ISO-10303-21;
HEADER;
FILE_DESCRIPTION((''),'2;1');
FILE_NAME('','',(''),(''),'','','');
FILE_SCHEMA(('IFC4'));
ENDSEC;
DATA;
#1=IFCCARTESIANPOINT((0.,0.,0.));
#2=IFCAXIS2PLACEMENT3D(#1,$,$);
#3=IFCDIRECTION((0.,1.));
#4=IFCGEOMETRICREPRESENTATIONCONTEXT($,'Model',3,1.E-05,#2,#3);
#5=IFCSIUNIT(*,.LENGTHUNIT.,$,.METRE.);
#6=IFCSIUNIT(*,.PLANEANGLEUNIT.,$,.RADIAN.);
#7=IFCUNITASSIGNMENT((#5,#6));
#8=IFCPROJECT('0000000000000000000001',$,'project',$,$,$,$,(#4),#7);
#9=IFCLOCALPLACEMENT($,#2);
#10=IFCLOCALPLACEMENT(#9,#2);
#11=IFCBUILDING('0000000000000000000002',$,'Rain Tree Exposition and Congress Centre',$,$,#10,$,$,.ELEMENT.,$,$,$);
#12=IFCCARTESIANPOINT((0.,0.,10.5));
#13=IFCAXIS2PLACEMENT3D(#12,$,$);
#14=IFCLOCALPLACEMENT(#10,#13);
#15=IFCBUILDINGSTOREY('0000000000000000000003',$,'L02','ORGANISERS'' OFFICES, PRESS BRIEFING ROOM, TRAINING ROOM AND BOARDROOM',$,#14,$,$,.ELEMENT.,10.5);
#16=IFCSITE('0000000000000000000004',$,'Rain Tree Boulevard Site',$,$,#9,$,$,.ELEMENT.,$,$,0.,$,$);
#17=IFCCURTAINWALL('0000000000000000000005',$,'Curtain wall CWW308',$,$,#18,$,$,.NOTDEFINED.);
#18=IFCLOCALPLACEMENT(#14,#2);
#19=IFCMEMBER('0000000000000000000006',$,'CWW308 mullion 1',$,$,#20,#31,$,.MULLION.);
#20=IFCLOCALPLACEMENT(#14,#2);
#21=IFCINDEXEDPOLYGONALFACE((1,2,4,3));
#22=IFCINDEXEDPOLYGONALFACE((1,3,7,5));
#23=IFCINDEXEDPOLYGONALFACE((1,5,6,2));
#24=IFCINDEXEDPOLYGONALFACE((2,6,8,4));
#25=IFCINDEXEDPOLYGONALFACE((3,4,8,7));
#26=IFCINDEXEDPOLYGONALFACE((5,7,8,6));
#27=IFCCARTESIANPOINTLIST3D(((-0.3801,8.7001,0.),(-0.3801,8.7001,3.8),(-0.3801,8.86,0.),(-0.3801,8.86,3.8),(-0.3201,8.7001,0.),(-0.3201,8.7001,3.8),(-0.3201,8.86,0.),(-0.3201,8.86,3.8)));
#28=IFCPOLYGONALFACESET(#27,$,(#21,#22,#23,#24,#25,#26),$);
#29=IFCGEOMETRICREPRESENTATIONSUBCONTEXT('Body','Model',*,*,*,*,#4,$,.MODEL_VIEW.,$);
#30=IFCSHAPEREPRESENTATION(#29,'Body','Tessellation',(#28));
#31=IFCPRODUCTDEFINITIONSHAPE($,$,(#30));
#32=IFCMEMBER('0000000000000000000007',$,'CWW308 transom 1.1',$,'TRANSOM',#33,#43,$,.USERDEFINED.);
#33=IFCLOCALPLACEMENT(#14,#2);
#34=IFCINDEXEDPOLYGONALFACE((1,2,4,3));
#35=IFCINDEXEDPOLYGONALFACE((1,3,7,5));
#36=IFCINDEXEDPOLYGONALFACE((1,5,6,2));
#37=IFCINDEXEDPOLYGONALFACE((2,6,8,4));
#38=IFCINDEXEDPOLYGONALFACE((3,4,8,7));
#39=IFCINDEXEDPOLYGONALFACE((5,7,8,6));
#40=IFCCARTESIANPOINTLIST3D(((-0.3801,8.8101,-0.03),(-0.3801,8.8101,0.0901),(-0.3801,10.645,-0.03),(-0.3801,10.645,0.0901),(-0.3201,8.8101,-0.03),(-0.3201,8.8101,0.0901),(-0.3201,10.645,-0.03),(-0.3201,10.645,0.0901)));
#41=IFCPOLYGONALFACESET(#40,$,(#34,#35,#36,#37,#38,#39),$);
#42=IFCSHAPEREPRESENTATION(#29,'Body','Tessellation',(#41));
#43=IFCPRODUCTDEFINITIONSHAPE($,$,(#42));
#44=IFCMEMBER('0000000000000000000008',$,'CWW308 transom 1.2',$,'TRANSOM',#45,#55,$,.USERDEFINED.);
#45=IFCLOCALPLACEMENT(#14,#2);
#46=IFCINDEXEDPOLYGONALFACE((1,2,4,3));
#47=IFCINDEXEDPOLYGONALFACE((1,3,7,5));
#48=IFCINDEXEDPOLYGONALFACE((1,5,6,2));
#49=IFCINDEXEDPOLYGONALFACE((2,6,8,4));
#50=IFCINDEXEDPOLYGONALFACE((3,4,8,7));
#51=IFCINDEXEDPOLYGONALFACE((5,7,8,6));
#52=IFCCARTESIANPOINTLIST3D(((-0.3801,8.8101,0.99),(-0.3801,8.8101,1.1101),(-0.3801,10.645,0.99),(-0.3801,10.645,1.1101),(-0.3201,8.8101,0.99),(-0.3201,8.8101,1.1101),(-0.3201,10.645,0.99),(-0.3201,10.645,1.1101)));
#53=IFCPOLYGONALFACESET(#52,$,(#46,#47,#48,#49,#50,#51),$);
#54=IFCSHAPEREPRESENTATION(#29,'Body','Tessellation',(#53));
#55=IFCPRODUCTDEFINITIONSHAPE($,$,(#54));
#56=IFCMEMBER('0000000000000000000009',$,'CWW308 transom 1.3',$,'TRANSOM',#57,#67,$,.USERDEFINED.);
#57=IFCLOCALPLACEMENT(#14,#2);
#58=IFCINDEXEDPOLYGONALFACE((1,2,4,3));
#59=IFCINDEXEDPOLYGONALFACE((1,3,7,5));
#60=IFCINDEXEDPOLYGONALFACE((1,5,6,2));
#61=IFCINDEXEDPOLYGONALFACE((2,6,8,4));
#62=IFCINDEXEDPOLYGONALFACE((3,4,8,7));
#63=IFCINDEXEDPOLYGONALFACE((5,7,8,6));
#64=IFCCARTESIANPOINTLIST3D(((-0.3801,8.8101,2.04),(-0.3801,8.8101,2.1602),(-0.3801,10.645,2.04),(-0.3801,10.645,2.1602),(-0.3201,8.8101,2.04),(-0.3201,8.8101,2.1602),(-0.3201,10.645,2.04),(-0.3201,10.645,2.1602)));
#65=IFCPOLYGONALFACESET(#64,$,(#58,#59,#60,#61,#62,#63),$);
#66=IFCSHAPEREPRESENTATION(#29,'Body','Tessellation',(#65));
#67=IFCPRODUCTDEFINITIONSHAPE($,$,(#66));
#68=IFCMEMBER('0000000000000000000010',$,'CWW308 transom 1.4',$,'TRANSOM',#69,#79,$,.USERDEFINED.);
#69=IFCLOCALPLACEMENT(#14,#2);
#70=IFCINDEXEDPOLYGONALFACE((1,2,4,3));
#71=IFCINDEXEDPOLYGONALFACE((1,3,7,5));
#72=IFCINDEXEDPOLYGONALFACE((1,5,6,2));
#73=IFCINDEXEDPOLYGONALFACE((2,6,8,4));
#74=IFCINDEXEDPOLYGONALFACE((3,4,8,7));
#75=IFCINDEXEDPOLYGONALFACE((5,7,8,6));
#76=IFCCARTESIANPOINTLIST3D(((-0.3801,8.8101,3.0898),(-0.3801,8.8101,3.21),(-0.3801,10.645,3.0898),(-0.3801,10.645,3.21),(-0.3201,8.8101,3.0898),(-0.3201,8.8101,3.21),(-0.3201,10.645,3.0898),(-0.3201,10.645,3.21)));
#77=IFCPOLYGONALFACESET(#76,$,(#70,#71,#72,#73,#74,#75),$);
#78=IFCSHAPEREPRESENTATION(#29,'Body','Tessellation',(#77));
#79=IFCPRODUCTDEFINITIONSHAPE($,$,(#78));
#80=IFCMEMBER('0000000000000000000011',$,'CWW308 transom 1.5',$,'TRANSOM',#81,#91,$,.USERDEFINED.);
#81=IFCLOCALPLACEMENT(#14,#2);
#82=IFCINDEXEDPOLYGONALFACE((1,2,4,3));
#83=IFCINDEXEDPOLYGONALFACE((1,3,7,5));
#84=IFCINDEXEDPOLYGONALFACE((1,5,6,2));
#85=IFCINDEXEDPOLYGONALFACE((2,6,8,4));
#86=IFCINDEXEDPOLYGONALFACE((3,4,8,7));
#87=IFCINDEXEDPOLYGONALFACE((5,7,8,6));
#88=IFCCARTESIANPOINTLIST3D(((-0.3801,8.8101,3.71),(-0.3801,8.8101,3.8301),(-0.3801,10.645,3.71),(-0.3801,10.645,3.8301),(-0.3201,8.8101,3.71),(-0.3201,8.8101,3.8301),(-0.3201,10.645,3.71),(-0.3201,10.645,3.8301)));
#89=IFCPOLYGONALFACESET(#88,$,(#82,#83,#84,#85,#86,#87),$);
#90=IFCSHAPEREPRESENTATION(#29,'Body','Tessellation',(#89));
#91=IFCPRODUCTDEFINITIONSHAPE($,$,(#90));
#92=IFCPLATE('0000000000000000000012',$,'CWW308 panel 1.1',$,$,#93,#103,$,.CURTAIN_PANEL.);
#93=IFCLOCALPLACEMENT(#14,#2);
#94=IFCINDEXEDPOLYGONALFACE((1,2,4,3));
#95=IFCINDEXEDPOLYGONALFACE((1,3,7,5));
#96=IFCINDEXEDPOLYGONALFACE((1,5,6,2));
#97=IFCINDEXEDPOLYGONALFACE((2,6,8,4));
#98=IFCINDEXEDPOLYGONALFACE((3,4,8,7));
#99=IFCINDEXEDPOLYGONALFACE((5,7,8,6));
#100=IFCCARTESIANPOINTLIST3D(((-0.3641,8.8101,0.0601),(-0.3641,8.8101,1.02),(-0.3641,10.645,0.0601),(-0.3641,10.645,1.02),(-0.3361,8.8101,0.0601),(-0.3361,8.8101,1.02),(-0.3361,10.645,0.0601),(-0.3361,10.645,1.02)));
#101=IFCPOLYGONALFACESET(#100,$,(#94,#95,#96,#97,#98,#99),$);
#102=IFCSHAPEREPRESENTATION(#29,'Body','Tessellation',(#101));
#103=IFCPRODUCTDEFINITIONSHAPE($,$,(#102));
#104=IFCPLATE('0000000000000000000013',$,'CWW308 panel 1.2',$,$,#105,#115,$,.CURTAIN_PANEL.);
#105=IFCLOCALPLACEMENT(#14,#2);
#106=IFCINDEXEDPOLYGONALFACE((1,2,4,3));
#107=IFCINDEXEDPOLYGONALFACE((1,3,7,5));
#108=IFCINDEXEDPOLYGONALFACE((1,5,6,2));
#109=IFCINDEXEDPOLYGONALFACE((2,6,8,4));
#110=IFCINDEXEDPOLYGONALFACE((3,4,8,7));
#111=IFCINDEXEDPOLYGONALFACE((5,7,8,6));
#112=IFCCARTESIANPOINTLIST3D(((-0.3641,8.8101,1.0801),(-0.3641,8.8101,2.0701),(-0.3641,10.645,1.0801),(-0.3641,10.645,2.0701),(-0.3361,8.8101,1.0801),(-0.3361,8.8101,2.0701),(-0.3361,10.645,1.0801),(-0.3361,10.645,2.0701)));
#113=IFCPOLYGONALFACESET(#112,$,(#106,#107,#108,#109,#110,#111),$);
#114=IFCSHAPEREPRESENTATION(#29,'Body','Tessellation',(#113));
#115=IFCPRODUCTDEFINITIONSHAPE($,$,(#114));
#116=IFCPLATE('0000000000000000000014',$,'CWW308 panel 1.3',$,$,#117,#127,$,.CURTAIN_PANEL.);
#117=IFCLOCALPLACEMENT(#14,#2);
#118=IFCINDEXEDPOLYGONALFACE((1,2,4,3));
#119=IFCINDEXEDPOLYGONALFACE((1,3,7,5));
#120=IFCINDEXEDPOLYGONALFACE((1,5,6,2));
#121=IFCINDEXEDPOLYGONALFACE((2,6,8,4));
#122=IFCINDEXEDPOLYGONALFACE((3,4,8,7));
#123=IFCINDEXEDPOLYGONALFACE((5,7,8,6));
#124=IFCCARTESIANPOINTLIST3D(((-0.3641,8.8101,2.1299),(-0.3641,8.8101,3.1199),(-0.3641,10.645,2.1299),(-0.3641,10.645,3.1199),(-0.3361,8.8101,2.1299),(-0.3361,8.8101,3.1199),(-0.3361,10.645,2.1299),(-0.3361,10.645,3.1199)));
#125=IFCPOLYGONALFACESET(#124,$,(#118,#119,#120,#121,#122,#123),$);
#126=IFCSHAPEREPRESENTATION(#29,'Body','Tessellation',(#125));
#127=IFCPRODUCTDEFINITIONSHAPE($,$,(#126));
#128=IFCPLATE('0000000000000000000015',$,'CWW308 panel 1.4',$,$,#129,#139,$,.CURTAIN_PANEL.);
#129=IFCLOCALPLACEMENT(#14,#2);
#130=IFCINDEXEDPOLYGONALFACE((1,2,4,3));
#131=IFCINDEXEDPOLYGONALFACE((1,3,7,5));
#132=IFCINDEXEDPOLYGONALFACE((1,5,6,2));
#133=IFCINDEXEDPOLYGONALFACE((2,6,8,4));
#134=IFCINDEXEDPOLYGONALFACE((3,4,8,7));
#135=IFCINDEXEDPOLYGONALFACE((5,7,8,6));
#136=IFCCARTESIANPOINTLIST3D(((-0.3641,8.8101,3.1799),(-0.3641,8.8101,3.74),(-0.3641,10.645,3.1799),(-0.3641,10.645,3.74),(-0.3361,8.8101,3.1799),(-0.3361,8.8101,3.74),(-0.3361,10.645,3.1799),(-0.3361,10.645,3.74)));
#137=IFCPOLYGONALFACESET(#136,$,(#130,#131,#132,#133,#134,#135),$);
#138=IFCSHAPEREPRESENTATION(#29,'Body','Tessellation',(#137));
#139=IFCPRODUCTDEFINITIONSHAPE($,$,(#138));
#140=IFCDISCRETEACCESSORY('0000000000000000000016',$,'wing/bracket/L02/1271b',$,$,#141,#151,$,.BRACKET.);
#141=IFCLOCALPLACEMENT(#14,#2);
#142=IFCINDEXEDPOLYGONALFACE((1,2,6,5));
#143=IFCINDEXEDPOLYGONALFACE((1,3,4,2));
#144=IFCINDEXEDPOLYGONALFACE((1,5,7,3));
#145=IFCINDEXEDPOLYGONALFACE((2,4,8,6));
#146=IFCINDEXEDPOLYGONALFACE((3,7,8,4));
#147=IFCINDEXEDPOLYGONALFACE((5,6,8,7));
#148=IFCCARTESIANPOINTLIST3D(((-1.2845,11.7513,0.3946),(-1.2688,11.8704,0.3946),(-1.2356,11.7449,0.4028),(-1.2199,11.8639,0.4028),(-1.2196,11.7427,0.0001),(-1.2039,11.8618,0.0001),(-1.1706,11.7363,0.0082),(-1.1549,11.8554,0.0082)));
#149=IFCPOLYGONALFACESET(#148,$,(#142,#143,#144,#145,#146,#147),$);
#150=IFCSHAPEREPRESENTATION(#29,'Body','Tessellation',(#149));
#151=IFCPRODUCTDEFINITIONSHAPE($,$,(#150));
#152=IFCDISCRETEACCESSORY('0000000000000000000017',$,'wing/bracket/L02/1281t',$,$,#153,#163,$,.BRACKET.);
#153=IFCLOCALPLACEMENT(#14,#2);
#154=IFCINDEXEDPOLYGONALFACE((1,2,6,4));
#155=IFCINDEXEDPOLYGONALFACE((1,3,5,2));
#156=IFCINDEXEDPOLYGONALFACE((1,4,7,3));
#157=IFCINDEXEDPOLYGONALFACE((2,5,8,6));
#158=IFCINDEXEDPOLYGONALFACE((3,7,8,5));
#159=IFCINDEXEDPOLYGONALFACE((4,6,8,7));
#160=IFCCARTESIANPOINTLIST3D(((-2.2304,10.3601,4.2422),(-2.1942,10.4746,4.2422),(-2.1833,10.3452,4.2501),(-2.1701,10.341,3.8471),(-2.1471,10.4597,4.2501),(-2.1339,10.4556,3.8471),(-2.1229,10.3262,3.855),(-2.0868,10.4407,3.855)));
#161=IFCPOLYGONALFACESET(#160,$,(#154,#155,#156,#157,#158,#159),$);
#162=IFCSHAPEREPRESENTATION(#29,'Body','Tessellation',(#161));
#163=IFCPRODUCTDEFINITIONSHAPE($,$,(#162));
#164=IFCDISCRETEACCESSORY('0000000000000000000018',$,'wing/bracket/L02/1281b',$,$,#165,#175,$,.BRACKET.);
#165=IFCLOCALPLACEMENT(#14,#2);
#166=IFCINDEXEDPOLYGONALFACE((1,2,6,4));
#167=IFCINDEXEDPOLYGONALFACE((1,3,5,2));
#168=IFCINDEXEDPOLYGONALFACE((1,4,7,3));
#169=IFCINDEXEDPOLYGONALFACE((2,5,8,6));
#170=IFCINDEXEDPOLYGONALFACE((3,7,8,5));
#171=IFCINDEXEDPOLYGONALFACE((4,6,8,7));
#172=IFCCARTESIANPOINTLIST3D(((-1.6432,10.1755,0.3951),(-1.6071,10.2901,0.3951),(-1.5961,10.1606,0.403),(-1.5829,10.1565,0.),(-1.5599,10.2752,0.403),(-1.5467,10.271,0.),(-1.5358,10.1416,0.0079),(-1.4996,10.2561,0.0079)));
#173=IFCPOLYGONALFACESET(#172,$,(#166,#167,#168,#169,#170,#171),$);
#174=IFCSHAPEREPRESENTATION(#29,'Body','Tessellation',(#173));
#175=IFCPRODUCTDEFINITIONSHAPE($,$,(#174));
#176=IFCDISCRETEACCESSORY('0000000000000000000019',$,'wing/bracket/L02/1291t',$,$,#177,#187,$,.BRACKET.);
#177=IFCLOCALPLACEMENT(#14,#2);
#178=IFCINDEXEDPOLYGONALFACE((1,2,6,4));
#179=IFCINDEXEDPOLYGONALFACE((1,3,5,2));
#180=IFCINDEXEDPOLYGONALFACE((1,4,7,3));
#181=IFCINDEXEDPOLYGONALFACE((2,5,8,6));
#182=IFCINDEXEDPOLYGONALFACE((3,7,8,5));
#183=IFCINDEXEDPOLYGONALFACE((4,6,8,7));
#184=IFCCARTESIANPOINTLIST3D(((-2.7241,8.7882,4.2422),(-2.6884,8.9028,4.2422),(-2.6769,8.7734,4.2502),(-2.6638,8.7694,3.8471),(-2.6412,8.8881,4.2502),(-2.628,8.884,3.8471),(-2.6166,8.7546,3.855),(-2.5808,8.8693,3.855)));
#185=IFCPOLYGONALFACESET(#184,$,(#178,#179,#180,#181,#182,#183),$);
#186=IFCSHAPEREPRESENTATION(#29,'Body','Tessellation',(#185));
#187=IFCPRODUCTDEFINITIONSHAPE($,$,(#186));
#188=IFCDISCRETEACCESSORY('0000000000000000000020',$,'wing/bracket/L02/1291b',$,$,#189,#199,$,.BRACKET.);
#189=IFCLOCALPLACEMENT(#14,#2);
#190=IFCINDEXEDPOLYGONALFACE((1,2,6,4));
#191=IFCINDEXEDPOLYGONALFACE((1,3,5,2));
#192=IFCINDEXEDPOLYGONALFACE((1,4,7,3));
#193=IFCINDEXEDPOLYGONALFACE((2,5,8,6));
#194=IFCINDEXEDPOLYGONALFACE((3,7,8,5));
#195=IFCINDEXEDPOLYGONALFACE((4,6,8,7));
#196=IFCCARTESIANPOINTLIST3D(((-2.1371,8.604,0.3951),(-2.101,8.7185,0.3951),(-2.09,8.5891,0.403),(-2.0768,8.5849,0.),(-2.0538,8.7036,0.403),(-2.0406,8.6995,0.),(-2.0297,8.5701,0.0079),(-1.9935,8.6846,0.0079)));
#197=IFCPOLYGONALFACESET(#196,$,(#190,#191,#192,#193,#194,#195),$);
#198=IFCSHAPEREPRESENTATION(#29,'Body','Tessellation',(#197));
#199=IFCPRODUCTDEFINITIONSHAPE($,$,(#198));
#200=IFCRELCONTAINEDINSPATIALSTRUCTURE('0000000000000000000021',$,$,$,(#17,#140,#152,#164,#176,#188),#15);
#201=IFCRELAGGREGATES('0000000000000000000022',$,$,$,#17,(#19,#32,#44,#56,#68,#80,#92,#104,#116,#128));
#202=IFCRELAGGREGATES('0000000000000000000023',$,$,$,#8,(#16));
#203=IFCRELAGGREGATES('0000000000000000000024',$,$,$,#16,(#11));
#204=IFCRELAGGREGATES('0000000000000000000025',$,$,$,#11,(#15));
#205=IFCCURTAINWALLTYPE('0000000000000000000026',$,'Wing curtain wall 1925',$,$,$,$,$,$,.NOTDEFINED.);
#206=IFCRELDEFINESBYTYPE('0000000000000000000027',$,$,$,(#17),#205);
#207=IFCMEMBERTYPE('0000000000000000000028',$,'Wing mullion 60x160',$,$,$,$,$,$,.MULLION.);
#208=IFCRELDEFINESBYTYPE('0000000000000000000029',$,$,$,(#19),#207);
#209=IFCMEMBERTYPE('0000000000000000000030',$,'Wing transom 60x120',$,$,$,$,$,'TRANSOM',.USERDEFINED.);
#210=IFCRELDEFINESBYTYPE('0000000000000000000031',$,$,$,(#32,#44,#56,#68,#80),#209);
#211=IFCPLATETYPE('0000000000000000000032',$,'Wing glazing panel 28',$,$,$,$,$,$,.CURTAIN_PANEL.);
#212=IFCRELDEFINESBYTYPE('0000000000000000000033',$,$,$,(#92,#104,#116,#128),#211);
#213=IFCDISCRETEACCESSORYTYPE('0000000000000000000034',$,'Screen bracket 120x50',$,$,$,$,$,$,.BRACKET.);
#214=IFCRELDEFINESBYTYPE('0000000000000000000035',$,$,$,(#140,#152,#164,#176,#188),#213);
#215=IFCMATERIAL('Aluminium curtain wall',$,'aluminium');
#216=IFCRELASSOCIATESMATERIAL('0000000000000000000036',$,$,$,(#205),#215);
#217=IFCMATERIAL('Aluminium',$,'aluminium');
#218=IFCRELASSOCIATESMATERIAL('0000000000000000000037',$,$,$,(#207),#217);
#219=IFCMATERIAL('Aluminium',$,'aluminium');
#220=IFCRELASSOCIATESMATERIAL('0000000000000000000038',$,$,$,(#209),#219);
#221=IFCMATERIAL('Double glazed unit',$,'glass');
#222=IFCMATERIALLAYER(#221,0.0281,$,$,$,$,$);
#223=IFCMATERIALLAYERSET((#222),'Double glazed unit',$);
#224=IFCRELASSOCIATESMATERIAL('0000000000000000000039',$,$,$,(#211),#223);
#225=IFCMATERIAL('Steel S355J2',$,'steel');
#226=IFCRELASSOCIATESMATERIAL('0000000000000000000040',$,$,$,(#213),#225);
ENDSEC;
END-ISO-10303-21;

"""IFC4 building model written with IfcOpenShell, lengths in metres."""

from ifc_helpers import new_model, si_unit, direction, frame, origin, origin_2d, place, context, subcontext, project, spatial, rectangle, extrude, material, layer, layer_set, material_profile, profile_set, type_object, element, aggregate, save


model = new_model("IFC4")

# Units and contexts
model_context = context("Model", 3, precision=1e-05, world=origin(), true_north=direction((0.0, 1.0)))
body_context = subcontext(model_context, "Body", "Model", "MODEL_VIEW")
ifc_project = project(units=[si_unit("LENGTHUNIT", "METRE"), si_unit("PLANEANGLEUNIT", "RADIAN")], contexts=[model_context])

# Site, building, storey
site_placement = place(None, origin())
site = spatial("IfcSite", under=ifc_project, at=site_placement, Name="Rain Tree Boulevard Site", CompositionType="ELEMENT", RefElevation=0.0)
building_placement = place(site_placement, origin())
building = spatial("IfcBuilding", under=site, at=building_placement, Name="Rain Tree Exposition and Congress Centre", CompositionType="ELEMENT")
storey_placement = place(building_placement, frame((0.0, 0.0, 10.5)))
storey = spatial("IfcBuildingStorey", under=building, at=storey_placement, Name="L02", Description="ORGANISERS' OFFICES, PRESS BRIEFING ROOM, TRAINING ROOM AND BOARDROOM", CompositionType="ELEMENT", Elevation=10.5)

# Curtain wall, members, plates
ifc_material_1 = material(Name="Aluminium curtain wall", Category="aluminium")
curtain_wall_type = type_object("IfcCurtainWallType", Name="Wing curtain wall 1925", PredefinedType="NOTDEFINED", material=ifc_material_1)
curtain_wall_placement = place(storey_placement, origin())
curtain_wall = element("IfcCurtainWall", 1, at=curtain_wall_placement, inside=storey, type_object=curtain_wall_type, Name="Curtain wall CWW308", PredefinedType="NOTDEFINED")
ifc_material_2 = material(Name="Aluminium", Category="aluminium")
ifc_material_profile_1 = material_profile(ifc_material_2, rectangle(XDim=0.0601, YDim=0.1599, at=origin_2d()), Name="Aluminium 60x160")
ifc_profile_set_1 = profile_set([ifc_material_profile_1], Name="Aluminium")
member_type_1 = type_object("IfcMemberType", Name="Wing mullion 60x160", PredefinedType="MULLION", material=ifc_profile_set_1)
member_1_placement = place(storey_placement, frame((-0.3501, 8.78, 0.0), z_axis=(0.0, 0.0, 1.0), x_axis=(-1.0, 0.0, 0.0)))
member_1 = element("IfcMember", 2, at=member_1_placement, type_object=member_type_1, Name="CWW308 mullion 1", PredefinedType="MULLION", context=body_context, shape_type="SweptSolid", body=[
    extrude(rectangle(XDim=0.0601, YDim=0.1599, at=origin_2d()), origin(), (0.0, 0.0, 1.0), 3.8),
])
ifc_material_3 = material(Name="Aluminium", Category="aluminium")
ifc_material_profile_2 = material_profile(ifc_material_3, rectangle(XDim=0.0601, YDim=0.1201, at=origin_2d()), Name="Aluminium 60x120")
ifc_profile_set_2 = profile_set([ifc_material_profile_2], Name="Aluminium")
member_type_2 = type_object("IfcMemberType", Name="Wing transom 60x120", ElementType="TRANSOM", PredefinedType="USERDEFINED", material=ifc_profile_set_2)
member_2_placement = place(storey_placement, frame((-0.3501, 8.8101, 0.03), z_axis=(0.0, 1.0, 0.0), x_axis=(-1.0, 0.0, 0.0)))
member_2 = element("IfcMember", 3, at=member_2_placement, type_object=member_type_2, Name="CWW308 transom 1.1", ObjectType="TRANSOM", PredefinedType="USERDEFINED", context=body_context, shape_type="SweptSolid", body=[
    extrude(rectangle(XDim=0.0601, YDim=0.1201, at=origin_2d()), origin(), (0.0, 0.0, 1.0), 1.835),
])
member_3_placement = place(storey_placement, frame((-0.3501, 8.8101, 1.05), z_axis=(0.0, 1.0, 0.0), x_axis=(-1.0, 0.0, 0.0)))
member_3 = element("IfcMember", 4, at=member_3_placement, type_object=member_type_2, Name="CWW308 transom 1.2", ObjectType="TRANSOM", PredefinedType="USERDEFINED", context=body_context, shape_type="SweptSolid", body=[
    extrude(rectangle(XDim=0.0601, YDim=0.1201, at=origin_2d()), origin(), (0.0, 0.0, 1.0), 1.835),
])
member_4_placement = place(storey_placement, frame((-0.3501, 8.8101, 2.1001), z_axis=(0.0, 1.0, 0.0), x_axis=(-1.0, 0.0, 0.0)))
member_4 = element("IfcMember", 5, at=member_4_placement, type_object=member_type_2, Name="CWW308 transom 1.3", ObjectType="TRANSOM", PredefinedType="USERDEFINED", context=body_context, shape_type="SweptSolid", body=[
    extrude(rectangle(XDim=0.0601, YDim=0.1201, at=origin_2d()), origin(), (0.0, 0.0, 1.0), 1.835),
])
member_5_placement = place(storey_placement, frame((-0.3501, 8.8101, 3.1499), z_axis=(0.0, 1.0, 0.0), x_axis=(-1.0, 0.0, 0.0)))
member_5 = element("IfcMember", 6, at=member_5_placement, type_object=member_type_2, Name="CWW308 transom 1.4", ObjectType="TRANSOM", PredefinedType="USERDEFINED", context=body_context, shape_type="SweptSolid", body=[
    extrude(rectangle(XDim=0.0601, YDim=0.1201, at=origin_2d()), origin(), (0.0, 0.0, 1.0), 1.835),
])
member_6_placement = place(storey_placement, frame((-0.3501, 8.8101, 3.77), z_axis=(0.0, 1.0, 0.0), x_axis=(-1.0, 0.0, 0.0)))
member_6 = element("IfcMember", 7, at=member_6_placement, type_object=member_type_2, Name="CWW308 transom 1.5", ObjectType="TRANSOM", PredefinedType="USERDEFINED", context=body_context, shape_type="SweptSolid", body=[
    extrude(rectangle(XDim=0.0601, YDim=0.1201, at=origin_2d()), origin(), (0.0, 0.0, 1.0), 1.835),
])
ifc_material_4 = material(Name="Double glazed unit", Category="glass")
ifc_layer_1 = layer(ifc_material_4, 0.0281)
ifc_layer_set_1 = layer_set([ifc_layer_1], Name="Double glazed unit")
plate_type = type_object("IfcPlateType", Name="Wing glazing panel 28", PredefinedType="CURTAIN_PANEL", material=ifc_layer_set_1)
plate_1_placement = place(storey_placement, frame((-0.3501, 9.7275, 0.0601), z_axis=(0.0, 0.0, 1.0), x_axis=(0.0, 1.0, 0.0)))
plate_1 = element("IfcPlate", 8, at=plate_1_placement, type_object=plate_type, Name="CWW308 panel 1.1", PredefinedType="CURTAIN_PANEL", context=body_context, shape_type="SweptSolid", body=[
    extrude(rectangle(XDim=1.835, YDim=0.0281, at=origin_2d()), origin(), (0.0, 0.0, 1.0), 0.96),
])
plate_2_placement = place(storey_placement, frame((-0.3501, 9.7275, 1.0801), z_axis=(0.0, 0.0, 1.0), x_axis=(0.0, 1.0, 0.0)))
plate_2 = element("IfcPlate", 9, at=plate_2_placement, type_object=plate_type, Name="CWW308 panel 1.2", PredefinedType="CURTAIN_PANEL", context=body_context, shape_type="SweptSolid", body=[
    extrude(rectangle(XDim=1.835, YDim=0.0281, at=origin_2d()), origin(), (0.0, 0.0, 1.0), 0.99),
])
plate_3_placement = place(storey_placement, frame((-0.3501, 9.7275, 2.1299), z_axis=(0.0, 0.0, 1.0), x_axis=(0.0, 1.0, 0.0)))
plate_3 = element("IfcPlate", 10, at=plate_3_placement, type_object=plate_type, Name="CWW308 panel 1.3", PredefinedType="CURTAIN_PANEL", context=body_context, shape_type="SweptSolid", body=[
    extrude(rectangle(XDim=1.835, YDim=0.0281, at=origin_2d()), origin(), (0.0, 0.0, 1.0), 0.99),
])
plate_4_placement = place(storey_placement, frame((-0.3501, 9.7275, 3.1799), z_axis=(0.0, 0.0, 1.0), x_axis=(0.0, 1.0, 0.0)))
plate_4 = element("IfcPlate", 11, at=plate_4_placement, type_object=plate_type, Name="CWW308 panel 1.4", PredefinedType="CURTAIN_PANEL", context=body_context, shape_type="SweptSolid", body=[
    extrude(rectangle(XDim=1.835, YDim=0.0281, at=origin_2d()), origin(), (0.0, 0.0, 1.0), 0.5601),
])
aggregate(curtain_wall, [member_1, member_2, member_3, member_4, member_5, member_6, plate_1, plate_2, plate_3, plate_4])

# Discrete accessories
ifc_material_5 = material(Name="Steel S355J2", Category="steel")
ifc_material_profile_3 = material_profile(ifc_material_5, rectangle(XDim=0.1201, YDim=0.05, at=origin_2d()), Name="Flat bar 120x50")
ifc_profile_set_3 = profile_set([ifc_material_profile_3], Name="Steel S355J2")
discrete_accessory_type = type_object("IfcDiscreteAccessoryType", Name="Screen bracket 120x50", PredefinedType="BRACKET", material=ifc_profile_set_3)
discrete_accessory_placement = place(storey_placement, frame((-1.1873, 11.7991, 0.0042), z_axis=(-0.162381, 0.021366, 0.986497), x_axis=(-0.130455, -0.991454, 0.0)))
element("IfcDiscreteAccessory", 12, at=discrete_accessory_placement, inside=storey, type_object=discrete_accessory_type, Name="wing/bracket/L02/1271b", PredefinedType="BRACKET", context=body_context, shape_type="SweptSolid", body=[
    extrude(rectangle(XDim=0.1201, YDim=0.05, at=origin_2d()), origin(), (0.0, 0.0, 1.0), 0.3999),
])
for number, where, z_axis, x_axis, name in (
    (13, (-2.1284, 10.3909, 3.8511), (-0.150738, 0.047602, 0.987427), (-0.301131, -0.953583, 0.0), "wing/bracket/L02/1281t"),
    (14, (-1.5413, 10.2063, 0.0039), (-0.150738, 0.047602, 0.987427), (-0.301131, -0.953583, 0.0), "wing/bracket/L02/1281b"),
    (15, (-2.6223, 8.8193, 3.8511), (-0.150743, 0.046993, 0.987456), (-0.297615, -0.954686, 0.0), "wing/bracket/L02/1291t"),
    (16, (-2.0352, 8.6348, 0.0039), (-0.150738, 0.047602, 0.987427), (-0.301131, -0.953583, 0.0), "wing/bracket/L02/1291b"),
):
    element("IfcDiscreteAccessory", number, at=place(storey_placement, frame(where, z_axis=z_axis, x_axis=x_axis)), inside=storey, type_object=discrete_accessory_type, Name=name, PredefinedType="BRACKET", context=body_context, shape_type="SweptSolid", body=[
        extrude(rectangle(XDim=0.1201, YDim=0.05, at=origin_2d()), origin(), (0.0, 0.0, 1.0), 0.4001),
    ])

save(model, "model.ifc")
